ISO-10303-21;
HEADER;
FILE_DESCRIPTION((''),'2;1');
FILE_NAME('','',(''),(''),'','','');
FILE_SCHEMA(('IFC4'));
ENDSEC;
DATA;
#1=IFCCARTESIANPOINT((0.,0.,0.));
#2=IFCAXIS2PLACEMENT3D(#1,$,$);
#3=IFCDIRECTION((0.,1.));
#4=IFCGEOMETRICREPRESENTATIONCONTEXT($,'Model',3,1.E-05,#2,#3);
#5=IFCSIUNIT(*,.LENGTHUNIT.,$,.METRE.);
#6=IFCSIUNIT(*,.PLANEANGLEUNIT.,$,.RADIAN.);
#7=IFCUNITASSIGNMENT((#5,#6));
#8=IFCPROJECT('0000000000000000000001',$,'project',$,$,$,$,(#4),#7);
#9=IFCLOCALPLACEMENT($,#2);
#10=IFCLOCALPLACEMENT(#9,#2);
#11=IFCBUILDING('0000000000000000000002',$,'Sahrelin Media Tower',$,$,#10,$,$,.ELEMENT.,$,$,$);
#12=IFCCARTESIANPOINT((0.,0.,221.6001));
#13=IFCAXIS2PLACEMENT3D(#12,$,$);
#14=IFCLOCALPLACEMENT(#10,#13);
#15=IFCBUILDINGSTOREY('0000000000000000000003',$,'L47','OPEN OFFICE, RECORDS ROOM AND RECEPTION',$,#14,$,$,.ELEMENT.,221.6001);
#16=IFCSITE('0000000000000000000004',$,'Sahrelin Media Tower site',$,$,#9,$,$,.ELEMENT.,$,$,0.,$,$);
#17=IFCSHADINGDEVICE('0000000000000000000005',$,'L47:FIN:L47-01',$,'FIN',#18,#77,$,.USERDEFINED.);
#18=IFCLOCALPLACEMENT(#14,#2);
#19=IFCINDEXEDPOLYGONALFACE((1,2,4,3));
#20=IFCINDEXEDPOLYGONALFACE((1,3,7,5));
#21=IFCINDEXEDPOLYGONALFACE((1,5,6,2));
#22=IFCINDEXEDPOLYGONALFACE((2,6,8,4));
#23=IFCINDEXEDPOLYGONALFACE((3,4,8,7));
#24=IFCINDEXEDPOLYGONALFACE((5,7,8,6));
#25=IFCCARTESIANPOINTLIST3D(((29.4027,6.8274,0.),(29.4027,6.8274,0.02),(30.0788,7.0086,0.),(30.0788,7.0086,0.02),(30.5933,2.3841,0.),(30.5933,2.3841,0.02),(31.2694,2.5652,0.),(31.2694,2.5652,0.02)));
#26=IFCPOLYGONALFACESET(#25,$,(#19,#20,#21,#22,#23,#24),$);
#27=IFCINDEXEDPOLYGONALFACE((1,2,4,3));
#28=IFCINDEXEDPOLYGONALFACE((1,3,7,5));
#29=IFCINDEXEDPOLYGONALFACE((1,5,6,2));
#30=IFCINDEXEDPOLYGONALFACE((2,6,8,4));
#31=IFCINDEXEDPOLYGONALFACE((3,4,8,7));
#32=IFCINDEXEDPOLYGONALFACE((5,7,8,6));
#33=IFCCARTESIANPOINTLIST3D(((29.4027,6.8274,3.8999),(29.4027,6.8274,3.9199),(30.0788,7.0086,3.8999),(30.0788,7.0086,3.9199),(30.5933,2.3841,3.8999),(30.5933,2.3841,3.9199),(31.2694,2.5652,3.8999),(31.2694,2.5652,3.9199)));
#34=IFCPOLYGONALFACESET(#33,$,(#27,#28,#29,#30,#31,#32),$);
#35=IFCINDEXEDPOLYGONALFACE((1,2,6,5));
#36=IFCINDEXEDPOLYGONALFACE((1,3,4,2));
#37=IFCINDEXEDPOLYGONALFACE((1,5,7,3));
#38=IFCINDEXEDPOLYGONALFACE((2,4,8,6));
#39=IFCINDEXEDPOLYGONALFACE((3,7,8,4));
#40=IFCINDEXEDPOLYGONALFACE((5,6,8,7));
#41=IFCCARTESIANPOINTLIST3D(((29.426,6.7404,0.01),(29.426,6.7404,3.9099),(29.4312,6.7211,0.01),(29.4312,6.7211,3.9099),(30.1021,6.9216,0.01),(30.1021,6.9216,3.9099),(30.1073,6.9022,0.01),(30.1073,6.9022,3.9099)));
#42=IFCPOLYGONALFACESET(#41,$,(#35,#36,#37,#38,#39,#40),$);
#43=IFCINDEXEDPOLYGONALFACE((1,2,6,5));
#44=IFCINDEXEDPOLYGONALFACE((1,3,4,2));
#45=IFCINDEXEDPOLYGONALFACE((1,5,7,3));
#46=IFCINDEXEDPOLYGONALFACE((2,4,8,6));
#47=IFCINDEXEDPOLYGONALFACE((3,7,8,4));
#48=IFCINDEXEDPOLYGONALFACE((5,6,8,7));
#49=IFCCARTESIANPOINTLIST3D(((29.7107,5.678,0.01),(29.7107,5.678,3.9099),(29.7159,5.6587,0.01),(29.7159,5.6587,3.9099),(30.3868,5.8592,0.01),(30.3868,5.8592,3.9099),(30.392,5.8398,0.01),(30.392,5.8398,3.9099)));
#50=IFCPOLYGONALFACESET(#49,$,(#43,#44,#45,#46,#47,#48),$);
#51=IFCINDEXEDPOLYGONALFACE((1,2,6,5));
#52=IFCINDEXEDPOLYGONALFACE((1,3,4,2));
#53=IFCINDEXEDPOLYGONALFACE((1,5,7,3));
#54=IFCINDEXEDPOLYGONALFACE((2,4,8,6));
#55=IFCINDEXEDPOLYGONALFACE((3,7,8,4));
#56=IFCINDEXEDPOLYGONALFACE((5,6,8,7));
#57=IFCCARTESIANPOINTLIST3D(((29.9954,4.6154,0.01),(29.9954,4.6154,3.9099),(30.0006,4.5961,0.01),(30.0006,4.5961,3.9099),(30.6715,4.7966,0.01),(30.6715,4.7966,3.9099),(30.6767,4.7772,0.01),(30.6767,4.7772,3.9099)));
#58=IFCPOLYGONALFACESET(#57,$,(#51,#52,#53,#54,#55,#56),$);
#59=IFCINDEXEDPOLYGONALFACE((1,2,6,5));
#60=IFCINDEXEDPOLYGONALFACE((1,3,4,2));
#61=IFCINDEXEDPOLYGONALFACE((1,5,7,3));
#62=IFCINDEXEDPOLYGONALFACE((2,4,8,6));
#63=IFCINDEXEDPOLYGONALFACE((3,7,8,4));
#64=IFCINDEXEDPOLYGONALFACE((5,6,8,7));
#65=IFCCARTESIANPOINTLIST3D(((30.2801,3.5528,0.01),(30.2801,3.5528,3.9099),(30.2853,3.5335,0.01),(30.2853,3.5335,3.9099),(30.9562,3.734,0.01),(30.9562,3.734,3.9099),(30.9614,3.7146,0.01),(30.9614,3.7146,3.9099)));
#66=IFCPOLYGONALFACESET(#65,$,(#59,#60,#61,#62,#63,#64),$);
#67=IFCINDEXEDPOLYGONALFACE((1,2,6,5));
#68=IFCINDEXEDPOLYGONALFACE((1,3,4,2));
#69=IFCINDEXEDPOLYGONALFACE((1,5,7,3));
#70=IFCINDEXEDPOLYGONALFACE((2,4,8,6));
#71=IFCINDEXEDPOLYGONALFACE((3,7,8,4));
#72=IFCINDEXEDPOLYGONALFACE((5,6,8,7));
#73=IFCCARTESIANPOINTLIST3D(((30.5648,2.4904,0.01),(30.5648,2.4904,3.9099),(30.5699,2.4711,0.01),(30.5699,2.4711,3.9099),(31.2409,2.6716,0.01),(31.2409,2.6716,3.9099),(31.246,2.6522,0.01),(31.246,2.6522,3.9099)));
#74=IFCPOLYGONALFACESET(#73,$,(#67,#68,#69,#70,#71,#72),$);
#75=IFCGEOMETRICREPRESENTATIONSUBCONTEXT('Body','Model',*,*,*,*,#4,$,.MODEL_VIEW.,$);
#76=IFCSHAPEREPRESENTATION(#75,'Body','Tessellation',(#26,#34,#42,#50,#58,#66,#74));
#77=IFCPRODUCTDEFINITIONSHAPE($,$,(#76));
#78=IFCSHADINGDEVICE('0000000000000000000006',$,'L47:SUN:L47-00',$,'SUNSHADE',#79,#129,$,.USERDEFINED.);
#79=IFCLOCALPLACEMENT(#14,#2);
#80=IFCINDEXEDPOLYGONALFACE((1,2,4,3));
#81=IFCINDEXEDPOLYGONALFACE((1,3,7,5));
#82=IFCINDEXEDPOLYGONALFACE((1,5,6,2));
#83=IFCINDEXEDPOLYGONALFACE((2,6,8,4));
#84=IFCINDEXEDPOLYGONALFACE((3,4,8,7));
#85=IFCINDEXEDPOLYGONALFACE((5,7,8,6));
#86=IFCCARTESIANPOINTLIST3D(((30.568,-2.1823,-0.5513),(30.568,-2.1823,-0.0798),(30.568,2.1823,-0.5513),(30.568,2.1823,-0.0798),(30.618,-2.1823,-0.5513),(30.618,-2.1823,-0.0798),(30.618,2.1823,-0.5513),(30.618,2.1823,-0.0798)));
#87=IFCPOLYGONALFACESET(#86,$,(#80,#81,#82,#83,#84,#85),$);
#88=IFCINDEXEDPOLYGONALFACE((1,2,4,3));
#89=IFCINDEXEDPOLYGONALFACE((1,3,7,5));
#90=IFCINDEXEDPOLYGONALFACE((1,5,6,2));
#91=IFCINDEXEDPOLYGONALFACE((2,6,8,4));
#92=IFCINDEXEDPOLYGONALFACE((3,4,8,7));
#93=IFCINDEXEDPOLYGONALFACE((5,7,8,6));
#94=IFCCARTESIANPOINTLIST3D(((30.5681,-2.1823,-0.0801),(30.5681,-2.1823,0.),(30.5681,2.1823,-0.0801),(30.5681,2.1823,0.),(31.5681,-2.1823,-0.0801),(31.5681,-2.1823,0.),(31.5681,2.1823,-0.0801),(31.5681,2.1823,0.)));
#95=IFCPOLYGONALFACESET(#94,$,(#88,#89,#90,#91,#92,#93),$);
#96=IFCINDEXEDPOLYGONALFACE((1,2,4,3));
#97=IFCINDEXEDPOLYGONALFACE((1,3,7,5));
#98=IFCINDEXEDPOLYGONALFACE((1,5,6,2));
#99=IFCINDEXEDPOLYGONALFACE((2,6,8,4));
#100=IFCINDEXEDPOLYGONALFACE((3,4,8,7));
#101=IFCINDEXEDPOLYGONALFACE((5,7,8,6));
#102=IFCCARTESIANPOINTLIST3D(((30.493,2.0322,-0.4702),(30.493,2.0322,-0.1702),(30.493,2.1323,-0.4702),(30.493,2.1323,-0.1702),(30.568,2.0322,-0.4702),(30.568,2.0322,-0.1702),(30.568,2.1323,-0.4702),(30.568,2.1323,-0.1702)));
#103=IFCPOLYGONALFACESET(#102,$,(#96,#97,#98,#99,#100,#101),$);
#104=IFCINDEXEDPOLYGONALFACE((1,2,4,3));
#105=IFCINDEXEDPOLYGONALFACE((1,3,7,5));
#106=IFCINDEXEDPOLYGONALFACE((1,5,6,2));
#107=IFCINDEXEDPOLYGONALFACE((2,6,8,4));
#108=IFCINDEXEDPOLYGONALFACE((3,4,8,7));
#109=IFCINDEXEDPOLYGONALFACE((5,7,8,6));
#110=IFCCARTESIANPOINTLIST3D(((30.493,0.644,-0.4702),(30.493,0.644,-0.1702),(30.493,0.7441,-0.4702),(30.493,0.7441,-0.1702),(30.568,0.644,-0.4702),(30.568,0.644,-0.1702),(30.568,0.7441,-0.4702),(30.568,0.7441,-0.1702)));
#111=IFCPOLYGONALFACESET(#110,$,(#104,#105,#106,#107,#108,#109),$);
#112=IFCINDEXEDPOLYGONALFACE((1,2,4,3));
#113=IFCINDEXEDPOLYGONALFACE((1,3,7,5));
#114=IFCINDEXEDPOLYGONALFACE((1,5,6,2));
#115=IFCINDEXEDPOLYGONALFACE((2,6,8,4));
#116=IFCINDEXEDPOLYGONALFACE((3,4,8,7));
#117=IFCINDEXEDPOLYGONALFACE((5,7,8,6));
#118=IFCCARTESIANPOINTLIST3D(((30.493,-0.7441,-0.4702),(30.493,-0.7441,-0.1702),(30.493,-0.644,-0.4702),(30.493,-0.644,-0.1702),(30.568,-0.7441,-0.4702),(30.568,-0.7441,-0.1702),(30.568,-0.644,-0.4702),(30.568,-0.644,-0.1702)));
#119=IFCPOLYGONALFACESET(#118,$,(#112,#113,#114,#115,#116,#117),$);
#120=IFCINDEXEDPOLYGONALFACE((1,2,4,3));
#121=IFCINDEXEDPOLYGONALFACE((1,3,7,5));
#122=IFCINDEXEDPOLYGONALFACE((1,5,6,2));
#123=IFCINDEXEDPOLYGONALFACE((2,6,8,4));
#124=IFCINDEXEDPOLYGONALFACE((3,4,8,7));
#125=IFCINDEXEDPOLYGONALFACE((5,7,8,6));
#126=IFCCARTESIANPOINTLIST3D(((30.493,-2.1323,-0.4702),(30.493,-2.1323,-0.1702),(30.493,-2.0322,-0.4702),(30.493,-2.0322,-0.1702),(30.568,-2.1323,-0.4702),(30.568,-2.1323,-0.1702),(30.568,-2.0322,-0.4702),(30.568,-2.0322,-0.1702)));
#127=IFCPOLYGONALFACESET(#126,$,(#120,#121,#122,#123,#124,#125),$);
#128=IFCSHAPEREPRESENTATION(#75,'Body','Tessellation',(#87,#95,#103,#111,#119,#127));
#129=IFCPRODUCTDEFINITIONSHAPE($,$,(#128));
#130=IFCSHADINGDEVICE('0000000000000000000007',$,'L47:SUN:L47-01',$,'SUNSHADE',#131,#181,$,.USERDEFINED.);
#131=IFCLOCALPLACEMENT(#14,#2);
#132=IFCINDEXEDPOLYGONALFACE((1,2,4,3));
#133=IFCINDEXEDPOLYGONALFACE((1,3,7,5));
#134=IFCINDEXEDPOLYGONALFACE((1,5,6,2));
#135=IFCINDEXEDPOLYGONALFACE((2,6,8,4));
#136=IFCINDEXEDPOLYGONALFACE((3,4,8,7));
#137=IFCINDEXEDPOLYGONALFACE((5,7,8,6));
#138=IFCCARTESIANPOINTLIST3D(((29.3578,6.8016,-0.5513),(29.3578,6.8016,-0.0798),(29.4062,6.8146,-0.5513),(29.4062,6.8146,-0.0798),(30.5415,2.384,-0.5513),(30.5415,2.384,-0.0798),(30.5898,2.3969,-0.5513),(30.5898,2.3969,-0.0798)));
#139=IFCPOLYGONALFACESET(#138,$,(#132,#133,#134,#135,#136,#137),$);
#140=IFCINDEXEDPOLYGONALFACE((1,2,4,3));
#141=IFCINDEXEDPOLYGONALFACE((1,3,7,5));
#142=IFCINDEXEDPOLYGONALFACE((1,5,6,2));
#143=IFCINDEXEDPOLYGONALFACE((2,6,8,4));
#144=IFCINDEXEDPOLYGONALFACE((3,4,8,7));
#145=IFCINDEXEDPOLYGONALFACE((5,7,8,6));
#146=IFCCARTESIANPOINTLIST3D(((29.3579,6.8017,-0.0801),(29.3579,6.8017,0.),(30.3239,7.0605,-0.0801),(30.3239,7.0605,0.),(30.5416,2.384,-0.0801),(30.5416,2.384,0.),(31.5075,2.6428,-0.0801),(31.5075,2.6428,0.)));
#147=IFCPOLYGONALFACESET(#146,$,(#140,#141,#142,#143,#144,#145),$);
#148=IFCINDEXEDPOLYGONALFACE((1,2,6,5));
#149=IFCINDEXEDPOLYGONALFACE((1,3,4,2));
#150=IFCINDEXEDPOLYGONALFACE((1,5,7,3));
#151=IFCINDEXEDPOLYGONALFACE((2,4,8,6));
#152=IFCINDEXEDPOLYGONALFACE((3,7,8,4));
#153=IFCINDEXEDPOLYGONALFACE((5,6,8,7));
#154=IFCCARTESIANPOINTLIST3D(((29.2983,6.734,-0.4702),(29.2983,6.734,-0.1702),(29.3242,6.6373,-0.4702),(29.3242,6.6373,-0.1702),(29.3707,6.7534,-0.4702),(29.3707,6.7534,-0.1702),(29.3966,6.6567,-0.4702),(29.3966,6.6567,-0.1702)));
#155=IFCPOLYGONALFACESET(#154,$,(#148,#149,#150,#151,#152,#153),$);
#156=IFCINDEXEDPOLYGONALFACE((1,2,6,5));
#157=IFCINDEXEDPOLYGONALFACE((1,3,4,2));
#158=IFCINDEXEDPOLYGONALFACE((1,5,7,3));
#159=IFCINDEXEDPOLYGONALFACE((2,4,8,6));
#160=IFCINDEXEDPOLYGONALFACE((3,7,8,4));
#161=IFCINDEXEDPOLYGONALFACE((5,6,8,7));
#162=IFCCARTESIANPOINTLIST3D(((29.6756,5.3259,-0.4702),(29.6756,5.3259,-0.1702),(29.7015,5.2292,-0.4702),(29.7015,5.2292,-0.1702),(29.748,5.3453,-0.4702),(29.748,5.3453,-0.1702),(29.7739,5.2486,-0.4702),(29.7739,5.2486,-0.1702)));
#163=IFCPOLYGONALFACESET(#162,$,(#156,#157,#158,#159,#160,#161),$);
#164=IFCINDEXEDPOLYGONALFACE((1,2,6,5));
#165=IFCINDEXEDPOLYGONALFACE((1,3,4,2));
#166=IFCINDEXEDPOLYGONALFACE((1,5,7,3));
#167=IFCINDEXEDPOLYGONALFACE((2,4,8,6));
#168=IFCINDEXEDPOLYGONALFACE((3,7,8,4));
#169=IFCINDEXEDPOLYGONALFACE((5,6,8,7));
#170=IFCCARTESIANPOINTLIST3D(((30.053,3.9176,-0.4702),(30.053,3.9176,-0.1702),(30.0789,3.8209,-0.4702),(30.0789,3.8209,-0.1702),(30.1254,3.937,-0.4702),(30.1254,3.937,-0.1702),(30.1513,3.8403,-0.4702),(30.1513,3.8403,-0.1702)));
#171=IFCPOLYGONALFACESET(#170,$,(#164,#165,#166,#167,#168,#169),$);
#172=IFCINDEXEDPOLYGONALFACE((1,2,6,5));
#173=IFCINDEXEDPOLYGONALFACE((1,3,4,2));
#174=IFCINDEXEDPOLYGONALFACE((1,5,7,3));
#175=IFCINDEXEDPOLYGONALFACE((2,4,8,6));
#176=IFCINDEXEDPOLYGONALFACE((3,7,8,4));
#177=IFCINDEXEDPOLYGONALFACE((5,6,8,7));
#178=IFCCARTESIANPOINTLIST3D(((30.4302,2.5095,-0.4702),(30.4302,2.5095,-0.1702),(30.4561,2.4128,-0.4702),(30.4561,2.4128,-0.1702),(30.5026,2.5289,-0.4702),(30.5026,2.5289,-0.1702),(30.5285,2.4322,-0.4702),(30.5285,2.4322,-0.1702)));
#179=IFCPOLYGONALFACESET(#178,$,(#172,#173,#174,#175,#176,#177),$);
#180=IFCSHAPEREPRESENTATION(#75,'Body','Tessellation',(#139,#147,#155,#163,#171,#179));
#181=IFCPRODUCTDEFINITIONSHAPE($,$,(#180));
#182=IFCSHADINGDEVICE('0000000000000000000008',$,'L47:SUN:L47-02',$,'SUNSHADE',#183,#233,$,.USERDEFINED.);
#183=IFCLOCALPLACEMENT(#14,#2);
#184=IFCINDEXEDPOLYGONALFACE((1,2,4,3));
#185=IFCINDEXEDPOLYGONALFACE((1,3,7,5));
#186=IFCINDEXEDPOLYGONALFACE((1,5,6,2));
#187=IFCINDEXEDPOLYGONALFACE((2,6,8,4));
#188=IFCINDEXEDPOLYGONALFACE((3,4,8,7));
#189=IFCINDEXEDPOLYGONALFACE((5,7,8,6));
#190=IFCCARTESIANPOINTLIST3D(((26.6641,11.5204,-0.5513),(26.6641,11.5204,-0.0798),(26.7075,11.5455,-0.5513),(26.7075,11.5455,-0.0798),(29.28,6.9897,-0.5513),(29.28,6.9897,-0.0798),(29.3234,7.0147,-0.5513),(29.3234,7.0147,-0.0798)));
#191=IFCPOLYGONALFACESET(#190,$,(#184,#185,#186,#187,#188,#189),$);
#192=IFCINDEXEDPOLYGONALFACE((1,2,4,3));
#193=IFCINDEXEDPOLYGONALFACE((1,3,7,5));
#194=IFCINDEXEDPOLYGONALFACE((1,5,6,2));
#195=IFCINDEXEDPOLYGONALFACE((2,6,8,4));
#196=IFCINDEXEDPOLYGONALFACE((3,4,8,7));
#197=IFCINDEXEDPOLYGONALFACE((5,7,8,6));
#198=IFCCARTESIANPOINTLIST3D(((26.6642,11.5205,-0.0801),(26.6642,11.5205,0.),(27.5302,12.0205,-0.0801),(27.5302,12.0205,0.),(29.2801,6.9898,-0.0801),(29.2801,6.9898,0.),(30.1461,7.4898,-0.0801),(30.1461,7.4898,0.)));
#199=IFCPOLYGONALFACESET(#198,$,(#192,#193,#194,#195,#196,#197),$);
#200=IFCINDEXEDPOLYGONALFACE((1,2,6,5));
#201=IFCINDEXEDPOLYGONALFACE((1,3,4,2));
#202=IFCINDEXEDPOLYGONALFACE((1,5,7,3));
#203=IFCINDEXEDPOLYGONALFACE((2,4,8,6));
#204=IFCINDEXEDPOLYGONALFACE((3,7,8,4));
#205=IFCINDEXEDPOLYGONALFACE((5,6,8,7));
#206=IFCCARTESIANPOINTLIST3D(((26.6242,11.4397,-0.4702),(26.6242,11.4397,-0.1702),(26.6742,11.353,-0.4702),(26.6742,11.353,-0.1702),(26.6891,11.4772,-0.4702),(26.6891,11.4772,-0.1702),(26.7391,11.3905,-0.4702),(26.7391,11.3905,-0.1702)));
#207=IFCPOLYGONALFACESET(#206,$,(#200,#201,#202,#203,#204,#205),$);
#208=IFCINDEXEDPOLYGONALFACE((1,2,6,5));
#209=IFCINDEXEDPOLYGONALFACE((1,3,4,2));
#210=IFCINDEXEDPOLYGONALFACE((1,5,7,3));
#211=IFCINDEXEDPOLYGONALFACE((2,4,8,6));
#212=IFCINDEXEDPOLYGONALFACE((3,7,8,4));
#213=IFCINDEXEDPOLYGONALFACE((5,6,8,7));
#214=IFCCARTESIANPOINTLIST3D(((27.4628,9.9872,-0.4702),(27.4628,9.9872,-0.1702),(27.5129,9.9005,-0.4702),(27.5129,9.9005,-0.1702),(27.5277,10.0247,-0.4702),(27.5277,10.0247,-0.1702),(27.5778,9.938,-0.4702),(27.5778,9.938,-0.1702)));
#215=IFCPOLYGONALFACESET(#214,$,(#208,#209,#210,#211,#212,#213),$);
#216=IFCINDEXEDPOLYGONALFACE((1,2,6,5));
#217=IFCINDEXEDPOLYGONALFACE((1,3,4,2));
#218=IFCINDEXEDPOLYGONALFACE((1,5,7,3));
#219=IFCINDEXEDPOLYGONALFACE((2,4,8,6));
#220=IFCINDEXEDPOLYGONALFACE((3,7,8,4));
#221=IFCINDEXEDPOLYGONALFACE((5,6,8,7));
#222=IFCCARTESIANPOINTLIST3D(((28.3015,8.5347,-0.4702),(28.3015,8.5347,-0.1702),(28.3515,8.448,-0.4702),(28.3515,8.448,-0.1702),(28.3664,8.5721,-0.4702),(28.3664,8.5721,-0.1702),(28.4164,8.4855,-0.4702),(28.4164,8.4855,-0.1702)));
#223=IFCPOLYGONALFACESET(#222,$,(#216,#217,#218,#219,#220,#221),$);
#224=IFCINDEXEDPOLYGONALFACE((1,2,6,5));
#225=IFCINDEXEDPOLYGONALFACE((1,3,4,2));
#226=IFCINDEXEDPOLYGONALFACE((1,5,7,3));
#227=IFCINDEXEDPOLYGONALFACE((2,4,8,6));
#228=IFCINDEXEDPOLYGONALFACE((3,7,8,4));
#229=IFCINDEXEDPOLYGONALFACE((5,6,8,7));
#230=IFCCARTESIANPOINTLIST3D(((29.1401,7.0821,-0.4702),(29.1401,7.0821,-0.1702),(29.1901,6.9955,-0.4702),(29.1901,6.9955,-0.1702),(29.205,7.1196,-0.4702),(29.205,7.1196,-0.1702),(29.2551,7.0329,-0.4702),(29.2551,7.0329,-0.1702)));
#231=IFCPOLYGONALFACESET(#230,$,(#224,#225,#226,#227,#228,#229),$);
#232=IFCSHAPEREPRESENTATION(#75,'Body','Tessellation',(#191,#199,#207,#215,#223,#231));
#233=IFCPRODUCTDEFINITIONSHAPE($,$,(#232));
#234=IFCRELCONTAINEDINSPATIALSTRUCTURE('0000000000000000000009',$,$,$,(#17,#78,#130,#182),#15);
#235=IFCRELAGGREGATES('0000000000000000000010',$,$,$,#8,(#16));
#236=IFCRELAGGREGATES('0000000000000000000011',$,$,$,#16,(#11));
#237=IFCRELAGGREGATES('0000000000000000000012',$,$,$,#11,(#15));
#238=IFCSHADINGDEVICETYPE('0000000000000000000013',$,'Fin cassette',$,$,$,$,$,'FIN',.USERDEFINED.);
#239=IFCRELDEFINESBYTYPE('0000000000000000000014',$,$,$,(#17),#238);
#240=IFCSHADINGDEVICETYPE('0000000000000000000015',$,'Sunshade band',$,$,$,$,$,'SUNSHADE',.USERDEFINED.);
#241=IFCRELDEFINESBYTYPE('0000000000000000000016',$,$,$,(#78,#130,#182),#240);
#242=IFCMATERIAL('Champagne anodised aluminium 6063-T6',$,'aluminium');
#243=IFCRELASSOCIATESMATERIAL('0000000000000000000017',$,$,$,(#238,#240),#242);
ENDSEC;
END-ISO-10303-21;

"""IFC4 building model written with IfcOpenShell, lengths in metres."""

from ifc_helpers import new_model, si_unit, direction, frame, origin, origin_2d, place, context, subcontext, project, spatial, rectangle, extrude, material, type_object, element, save


model = new_model("IFC4")

# Units and contexts
model_context = context("Model", 3, precision=1e-05, world=origin(), true_north=direction((0.0, 1.0)))
body_context = subcontext(model_context, "Body", "Model", "MODEL_VIEW")
ifc_project = project(units=[si_unit("LENGTHUNIT", "METRE"), si_unit("PLANEANGLEUNIT", "RADIAN")], contexts=[model_context])

# Site, building, storey
site_placement = place(None, origin())
site = spatial("IfcSite", under=ifc_project, at=site_placement, Name="Sahrelin Media Tower site", CompositionType="ELEMENT", RefElevation=0.0)
building_placement = place(site_placement, origin())
building = spatial("IfcBuilding", under=site, at=building_placement, Name="Sahrelin Media Tower", CompositionType="ELEMENT")
storey_placement = place(building_placement, frame((0.0, 0.0, 221.6001)))
storey = spatial("IfcBuildingStorey", under=building, at=storey_placement, Name="L47", Description="OPEN OFFICE, RECORDS ROOM AND RECEPTION", CompositionType="ELEMENT", Elevation=221.6001)

# Shared definitions
ifc_material_1 = material(Name="Champagne anodised aluminium 6063-T6", Category="aluminium")

# Shading devices
shading_device_type_1 = type_object("IfcShadingDeviceType", Name="Fin cassette", ElementType="FIN", PredefinedType="USERDEFINED", material=ifc_material_1)
placement_1 = place(storey_placement, frame((30.5481, 0.0, 0.0), z_axis=(0.0, 0.0, 1.0), x_axis=(0.0, -1.0, 0.0)))
placement_2 = place(storey_placement, frame((29.9304, 4.5876, 0.0), z_axis=(0.0, 0.0, 1.0), x_axis=(0.258808, -0.965929, 0.0)))
element("IfcShadingDevice", 1, at=placement_2, inside=storey, type_object=shading_device_type_1, Name="L47:FIN:L47-01", ObjectType="FIN", PredefinedType="USERDEFINED", context=body_context, shape_type="SweptSolid", body=[
    extrude(rectangle(XDim=4.6001, YDim=0.7, at=origin_2d()), frame((0.0, 0.4199, 0.0)), (0.0, 0.0, 1.0), 0.02),
    extrude(rectangle(XDim=4.6001, YDim=0.7, at=origin_2d()), frame((0.0, 0.4199, 3.8999)), (0.0, 0.0, 1.0), 0.02),
    extrude(rectangle(XDim=0.02, YDim=0.7, at=origin_2d()), frame((-2.2, 0.4199, 0.01), z_axis=(0.0, 0.0, 1.0), x_axis=(1.0, 0.0, 0.0)), (0.0, 0.0, 1.0), 3.8999),
    extrude(rectangle(XDim=0.02, YDim=0.7, at=origin_2d()), frame((-1.1001, 0.4199, 0.01), z_axis=(0.0, 0.0, 1.0), x_axis=(1.0, 0.0, 0.0)), (0.0, 0.0, 1.0), 3.8999),
    extrude(rectangle(XDim=0.02, YDim=0.7, at=origin_2d()), frame((0.0, 0.4199, 0.01), z_axis=(0.0, 0.0, 1.0), x_axis=(1.0, 0.0, 0.0)), (0.0, 0.0, 1.0), 3.8999),
    extrude(rectangle(XDim=0.02, YDim=0.7, at=origin_2d()), frame((1.1001, 0.4199, 0.01), z_axis=(0.0, 0.0, 1.0), x_axis=(1.0, 0.0, 0.0)), (0.0, 0.0, 1.0), 3.8999),
    extrude(rectangle(XDim=0.02, YDim=0.7, at=origin_2d()), frame((2.2, 0.4199, 0.01), z_axis=(0.0, 0.0, 1.0), x_axis=(1.0, 0.0, 0.0)), (0.0, 0.0, 1.0), 3.8999),
])
shading_device_type_2 = type_object("IfcShadingDeviceType", Name="Sunshade band", ElementType="SUNSHADE", PredefinedType="USERDEFINED", material=ifc_material_1)
element("IfcShadingDevice", 2, at=placement_1, inside=storey, type_object=shading_device_type_2, Name="L47:SUN:L47-00", ObjectType="SUNSHADE", PredefinedType="USERDEFINED", context=body_context, shape_type="SweptSolid", body=[
    extrude(rectangle(XDim=4.3645, YDim=0.05, at=origin_2d()), frame((0.0, 0.0449, -0.5513)), (0.0, 0.0, 1.0), 0.4714),
    extrude(rectangle(XDim=4.3645, YDim=1.0, at=origin_2d()), frame((0.0, 0.52, -0.0801)), (0.0, 0.0, 1.0), 0.0801),
    extrude(rectangle(XDim=0.1001, YDim=0.075, at=origin_2d()), frame((-2.0823, -0.0176, -0.4702)), (0.0, 0.0, 1.0), 0.3),
    extrude(rectangle(XDim=0.1001, YDim=0.075, at=origin_2d()), frame((-0.6941, -0.0176, -0.4702)), (0.0, 0.0, 1.0), 0.3),
    extrude(rectangle(XDim=0.1001, YDim=0.075, at=origin_2d()), frame((0.6941, -0.0176, -0.4702)), (0.0, 0.0, 1.0), 0.3),
    extrude(rectangle(XDim=0.1001, YDim=0.075, at=origin_2d()), frame((2.0823, -0.0176, -0.4702)), (0.0, 0.0, 1.0), 0.3),
])
element("IfcShadingDevice", 3, at=placement_2, inside=storey, type_object=shading_device_type_2, Name="L47:SUN:L47-01", ObjectType="SUNSHADE", PredefinedType="USERDEFINED", context=body_context, shape_type="SweptSolid", body=[
    extrude(rectangle(XDim=4.5735, YDim=0.05, at=origin_2d()), frame((0.0, 0.0449, -0.5513)), (0.0, 0.0, 1.0), 0.4714),
    extrude(rectangle(XDim=4.5735, YDim=1.0, at=origin_2d()), frame((0.0, 0.52, -0.0801)), (0.0, 0.0, 1.0), 0.0801),
    extrude(rectangle(XDim=0.1001, YDim=0.075, at=origin_2d()), frame((-2.1868, -0.0176, -0.4702)), (0.0, 0.0, 1.0), 0.3),
    extrude(rectangle(XDim=0.1001, YDim=0.075, at=origin_2d()), frame((-0.729, -0.0176, -0.4702)), (0.0, 0.0, 1.0), 0.3),
    extrude(rectangle(XDim=0.1001, YDim=0.075, at=origin_2d()), frame((0.729, -0.0176, -0.4702)), (0.0, 0.0, 1.0), 0.3),
    extrude(rectangle(XDim=0.1001, YDim=0.075, at=origin_2d()), frame((2.1868, -0.0176, -0.4702)), (0.0, 0.0, 1.0), 0.3),
])
shading_device_1_placement = place(storey_placement, frame((27.9548, 9.2451, 0.0), z_axis=(0.0, 0.0, 1.0), x_axis=(0.500011, -0.866019, 0.0)))
element("IfcShadingDevice", 4, at=shading_device_1_placement, inside=storey, type_object=shading_device_type_2, Name="L47:SUN:L47-02", ObjectType="SUNSHADE", PredefinedType="USERDEFINED", context=body_context, shape_type="SweptSolid", body=[
    extrude(rectangle(XDim=5.2317, YDim=0.05, at=origin_2d()), frame((0.0, 0.0449, -0.5513)), (0.0, 0.0, 1.0), 0.4714),
    extrude(rectangle(XDim=5.2317, YDim=1.0, at=origin_2d()), frame((0.0, 0.52, -0.0801)), (0.0, 0.0, 1.0), 0.0801),
    extrude(rectangle(XDim=0.1001, YDim=0.075, at=origin_2d()), frame((-2.5159, -0.0176, -0.4702)), (0.0, 0.0, 1.0), 0.3),
    extrude(rectangle(XDim=0.1001, YDim=0.075, at=origin_2d()), frame((-0.8386, -0.0176, -0.4702)), (0.0, 0.0, 1.0), 0.3),
    extrude(rectangle(XDim=0.1001, YDim=0.075, at=origin_2d()), frame((0.8386, -0.0176, -0.4702)), (0.0, 0.0, 1.0), 0.3),
    extrude(rectangle(XDim=0.1001, YDim=0.075, at=origin_2d()), frame((2.5159, -0.0176, -0.4702)), (0.0, 0.0, 1.0), 0.3),
])

save(model, "model.ifc")
